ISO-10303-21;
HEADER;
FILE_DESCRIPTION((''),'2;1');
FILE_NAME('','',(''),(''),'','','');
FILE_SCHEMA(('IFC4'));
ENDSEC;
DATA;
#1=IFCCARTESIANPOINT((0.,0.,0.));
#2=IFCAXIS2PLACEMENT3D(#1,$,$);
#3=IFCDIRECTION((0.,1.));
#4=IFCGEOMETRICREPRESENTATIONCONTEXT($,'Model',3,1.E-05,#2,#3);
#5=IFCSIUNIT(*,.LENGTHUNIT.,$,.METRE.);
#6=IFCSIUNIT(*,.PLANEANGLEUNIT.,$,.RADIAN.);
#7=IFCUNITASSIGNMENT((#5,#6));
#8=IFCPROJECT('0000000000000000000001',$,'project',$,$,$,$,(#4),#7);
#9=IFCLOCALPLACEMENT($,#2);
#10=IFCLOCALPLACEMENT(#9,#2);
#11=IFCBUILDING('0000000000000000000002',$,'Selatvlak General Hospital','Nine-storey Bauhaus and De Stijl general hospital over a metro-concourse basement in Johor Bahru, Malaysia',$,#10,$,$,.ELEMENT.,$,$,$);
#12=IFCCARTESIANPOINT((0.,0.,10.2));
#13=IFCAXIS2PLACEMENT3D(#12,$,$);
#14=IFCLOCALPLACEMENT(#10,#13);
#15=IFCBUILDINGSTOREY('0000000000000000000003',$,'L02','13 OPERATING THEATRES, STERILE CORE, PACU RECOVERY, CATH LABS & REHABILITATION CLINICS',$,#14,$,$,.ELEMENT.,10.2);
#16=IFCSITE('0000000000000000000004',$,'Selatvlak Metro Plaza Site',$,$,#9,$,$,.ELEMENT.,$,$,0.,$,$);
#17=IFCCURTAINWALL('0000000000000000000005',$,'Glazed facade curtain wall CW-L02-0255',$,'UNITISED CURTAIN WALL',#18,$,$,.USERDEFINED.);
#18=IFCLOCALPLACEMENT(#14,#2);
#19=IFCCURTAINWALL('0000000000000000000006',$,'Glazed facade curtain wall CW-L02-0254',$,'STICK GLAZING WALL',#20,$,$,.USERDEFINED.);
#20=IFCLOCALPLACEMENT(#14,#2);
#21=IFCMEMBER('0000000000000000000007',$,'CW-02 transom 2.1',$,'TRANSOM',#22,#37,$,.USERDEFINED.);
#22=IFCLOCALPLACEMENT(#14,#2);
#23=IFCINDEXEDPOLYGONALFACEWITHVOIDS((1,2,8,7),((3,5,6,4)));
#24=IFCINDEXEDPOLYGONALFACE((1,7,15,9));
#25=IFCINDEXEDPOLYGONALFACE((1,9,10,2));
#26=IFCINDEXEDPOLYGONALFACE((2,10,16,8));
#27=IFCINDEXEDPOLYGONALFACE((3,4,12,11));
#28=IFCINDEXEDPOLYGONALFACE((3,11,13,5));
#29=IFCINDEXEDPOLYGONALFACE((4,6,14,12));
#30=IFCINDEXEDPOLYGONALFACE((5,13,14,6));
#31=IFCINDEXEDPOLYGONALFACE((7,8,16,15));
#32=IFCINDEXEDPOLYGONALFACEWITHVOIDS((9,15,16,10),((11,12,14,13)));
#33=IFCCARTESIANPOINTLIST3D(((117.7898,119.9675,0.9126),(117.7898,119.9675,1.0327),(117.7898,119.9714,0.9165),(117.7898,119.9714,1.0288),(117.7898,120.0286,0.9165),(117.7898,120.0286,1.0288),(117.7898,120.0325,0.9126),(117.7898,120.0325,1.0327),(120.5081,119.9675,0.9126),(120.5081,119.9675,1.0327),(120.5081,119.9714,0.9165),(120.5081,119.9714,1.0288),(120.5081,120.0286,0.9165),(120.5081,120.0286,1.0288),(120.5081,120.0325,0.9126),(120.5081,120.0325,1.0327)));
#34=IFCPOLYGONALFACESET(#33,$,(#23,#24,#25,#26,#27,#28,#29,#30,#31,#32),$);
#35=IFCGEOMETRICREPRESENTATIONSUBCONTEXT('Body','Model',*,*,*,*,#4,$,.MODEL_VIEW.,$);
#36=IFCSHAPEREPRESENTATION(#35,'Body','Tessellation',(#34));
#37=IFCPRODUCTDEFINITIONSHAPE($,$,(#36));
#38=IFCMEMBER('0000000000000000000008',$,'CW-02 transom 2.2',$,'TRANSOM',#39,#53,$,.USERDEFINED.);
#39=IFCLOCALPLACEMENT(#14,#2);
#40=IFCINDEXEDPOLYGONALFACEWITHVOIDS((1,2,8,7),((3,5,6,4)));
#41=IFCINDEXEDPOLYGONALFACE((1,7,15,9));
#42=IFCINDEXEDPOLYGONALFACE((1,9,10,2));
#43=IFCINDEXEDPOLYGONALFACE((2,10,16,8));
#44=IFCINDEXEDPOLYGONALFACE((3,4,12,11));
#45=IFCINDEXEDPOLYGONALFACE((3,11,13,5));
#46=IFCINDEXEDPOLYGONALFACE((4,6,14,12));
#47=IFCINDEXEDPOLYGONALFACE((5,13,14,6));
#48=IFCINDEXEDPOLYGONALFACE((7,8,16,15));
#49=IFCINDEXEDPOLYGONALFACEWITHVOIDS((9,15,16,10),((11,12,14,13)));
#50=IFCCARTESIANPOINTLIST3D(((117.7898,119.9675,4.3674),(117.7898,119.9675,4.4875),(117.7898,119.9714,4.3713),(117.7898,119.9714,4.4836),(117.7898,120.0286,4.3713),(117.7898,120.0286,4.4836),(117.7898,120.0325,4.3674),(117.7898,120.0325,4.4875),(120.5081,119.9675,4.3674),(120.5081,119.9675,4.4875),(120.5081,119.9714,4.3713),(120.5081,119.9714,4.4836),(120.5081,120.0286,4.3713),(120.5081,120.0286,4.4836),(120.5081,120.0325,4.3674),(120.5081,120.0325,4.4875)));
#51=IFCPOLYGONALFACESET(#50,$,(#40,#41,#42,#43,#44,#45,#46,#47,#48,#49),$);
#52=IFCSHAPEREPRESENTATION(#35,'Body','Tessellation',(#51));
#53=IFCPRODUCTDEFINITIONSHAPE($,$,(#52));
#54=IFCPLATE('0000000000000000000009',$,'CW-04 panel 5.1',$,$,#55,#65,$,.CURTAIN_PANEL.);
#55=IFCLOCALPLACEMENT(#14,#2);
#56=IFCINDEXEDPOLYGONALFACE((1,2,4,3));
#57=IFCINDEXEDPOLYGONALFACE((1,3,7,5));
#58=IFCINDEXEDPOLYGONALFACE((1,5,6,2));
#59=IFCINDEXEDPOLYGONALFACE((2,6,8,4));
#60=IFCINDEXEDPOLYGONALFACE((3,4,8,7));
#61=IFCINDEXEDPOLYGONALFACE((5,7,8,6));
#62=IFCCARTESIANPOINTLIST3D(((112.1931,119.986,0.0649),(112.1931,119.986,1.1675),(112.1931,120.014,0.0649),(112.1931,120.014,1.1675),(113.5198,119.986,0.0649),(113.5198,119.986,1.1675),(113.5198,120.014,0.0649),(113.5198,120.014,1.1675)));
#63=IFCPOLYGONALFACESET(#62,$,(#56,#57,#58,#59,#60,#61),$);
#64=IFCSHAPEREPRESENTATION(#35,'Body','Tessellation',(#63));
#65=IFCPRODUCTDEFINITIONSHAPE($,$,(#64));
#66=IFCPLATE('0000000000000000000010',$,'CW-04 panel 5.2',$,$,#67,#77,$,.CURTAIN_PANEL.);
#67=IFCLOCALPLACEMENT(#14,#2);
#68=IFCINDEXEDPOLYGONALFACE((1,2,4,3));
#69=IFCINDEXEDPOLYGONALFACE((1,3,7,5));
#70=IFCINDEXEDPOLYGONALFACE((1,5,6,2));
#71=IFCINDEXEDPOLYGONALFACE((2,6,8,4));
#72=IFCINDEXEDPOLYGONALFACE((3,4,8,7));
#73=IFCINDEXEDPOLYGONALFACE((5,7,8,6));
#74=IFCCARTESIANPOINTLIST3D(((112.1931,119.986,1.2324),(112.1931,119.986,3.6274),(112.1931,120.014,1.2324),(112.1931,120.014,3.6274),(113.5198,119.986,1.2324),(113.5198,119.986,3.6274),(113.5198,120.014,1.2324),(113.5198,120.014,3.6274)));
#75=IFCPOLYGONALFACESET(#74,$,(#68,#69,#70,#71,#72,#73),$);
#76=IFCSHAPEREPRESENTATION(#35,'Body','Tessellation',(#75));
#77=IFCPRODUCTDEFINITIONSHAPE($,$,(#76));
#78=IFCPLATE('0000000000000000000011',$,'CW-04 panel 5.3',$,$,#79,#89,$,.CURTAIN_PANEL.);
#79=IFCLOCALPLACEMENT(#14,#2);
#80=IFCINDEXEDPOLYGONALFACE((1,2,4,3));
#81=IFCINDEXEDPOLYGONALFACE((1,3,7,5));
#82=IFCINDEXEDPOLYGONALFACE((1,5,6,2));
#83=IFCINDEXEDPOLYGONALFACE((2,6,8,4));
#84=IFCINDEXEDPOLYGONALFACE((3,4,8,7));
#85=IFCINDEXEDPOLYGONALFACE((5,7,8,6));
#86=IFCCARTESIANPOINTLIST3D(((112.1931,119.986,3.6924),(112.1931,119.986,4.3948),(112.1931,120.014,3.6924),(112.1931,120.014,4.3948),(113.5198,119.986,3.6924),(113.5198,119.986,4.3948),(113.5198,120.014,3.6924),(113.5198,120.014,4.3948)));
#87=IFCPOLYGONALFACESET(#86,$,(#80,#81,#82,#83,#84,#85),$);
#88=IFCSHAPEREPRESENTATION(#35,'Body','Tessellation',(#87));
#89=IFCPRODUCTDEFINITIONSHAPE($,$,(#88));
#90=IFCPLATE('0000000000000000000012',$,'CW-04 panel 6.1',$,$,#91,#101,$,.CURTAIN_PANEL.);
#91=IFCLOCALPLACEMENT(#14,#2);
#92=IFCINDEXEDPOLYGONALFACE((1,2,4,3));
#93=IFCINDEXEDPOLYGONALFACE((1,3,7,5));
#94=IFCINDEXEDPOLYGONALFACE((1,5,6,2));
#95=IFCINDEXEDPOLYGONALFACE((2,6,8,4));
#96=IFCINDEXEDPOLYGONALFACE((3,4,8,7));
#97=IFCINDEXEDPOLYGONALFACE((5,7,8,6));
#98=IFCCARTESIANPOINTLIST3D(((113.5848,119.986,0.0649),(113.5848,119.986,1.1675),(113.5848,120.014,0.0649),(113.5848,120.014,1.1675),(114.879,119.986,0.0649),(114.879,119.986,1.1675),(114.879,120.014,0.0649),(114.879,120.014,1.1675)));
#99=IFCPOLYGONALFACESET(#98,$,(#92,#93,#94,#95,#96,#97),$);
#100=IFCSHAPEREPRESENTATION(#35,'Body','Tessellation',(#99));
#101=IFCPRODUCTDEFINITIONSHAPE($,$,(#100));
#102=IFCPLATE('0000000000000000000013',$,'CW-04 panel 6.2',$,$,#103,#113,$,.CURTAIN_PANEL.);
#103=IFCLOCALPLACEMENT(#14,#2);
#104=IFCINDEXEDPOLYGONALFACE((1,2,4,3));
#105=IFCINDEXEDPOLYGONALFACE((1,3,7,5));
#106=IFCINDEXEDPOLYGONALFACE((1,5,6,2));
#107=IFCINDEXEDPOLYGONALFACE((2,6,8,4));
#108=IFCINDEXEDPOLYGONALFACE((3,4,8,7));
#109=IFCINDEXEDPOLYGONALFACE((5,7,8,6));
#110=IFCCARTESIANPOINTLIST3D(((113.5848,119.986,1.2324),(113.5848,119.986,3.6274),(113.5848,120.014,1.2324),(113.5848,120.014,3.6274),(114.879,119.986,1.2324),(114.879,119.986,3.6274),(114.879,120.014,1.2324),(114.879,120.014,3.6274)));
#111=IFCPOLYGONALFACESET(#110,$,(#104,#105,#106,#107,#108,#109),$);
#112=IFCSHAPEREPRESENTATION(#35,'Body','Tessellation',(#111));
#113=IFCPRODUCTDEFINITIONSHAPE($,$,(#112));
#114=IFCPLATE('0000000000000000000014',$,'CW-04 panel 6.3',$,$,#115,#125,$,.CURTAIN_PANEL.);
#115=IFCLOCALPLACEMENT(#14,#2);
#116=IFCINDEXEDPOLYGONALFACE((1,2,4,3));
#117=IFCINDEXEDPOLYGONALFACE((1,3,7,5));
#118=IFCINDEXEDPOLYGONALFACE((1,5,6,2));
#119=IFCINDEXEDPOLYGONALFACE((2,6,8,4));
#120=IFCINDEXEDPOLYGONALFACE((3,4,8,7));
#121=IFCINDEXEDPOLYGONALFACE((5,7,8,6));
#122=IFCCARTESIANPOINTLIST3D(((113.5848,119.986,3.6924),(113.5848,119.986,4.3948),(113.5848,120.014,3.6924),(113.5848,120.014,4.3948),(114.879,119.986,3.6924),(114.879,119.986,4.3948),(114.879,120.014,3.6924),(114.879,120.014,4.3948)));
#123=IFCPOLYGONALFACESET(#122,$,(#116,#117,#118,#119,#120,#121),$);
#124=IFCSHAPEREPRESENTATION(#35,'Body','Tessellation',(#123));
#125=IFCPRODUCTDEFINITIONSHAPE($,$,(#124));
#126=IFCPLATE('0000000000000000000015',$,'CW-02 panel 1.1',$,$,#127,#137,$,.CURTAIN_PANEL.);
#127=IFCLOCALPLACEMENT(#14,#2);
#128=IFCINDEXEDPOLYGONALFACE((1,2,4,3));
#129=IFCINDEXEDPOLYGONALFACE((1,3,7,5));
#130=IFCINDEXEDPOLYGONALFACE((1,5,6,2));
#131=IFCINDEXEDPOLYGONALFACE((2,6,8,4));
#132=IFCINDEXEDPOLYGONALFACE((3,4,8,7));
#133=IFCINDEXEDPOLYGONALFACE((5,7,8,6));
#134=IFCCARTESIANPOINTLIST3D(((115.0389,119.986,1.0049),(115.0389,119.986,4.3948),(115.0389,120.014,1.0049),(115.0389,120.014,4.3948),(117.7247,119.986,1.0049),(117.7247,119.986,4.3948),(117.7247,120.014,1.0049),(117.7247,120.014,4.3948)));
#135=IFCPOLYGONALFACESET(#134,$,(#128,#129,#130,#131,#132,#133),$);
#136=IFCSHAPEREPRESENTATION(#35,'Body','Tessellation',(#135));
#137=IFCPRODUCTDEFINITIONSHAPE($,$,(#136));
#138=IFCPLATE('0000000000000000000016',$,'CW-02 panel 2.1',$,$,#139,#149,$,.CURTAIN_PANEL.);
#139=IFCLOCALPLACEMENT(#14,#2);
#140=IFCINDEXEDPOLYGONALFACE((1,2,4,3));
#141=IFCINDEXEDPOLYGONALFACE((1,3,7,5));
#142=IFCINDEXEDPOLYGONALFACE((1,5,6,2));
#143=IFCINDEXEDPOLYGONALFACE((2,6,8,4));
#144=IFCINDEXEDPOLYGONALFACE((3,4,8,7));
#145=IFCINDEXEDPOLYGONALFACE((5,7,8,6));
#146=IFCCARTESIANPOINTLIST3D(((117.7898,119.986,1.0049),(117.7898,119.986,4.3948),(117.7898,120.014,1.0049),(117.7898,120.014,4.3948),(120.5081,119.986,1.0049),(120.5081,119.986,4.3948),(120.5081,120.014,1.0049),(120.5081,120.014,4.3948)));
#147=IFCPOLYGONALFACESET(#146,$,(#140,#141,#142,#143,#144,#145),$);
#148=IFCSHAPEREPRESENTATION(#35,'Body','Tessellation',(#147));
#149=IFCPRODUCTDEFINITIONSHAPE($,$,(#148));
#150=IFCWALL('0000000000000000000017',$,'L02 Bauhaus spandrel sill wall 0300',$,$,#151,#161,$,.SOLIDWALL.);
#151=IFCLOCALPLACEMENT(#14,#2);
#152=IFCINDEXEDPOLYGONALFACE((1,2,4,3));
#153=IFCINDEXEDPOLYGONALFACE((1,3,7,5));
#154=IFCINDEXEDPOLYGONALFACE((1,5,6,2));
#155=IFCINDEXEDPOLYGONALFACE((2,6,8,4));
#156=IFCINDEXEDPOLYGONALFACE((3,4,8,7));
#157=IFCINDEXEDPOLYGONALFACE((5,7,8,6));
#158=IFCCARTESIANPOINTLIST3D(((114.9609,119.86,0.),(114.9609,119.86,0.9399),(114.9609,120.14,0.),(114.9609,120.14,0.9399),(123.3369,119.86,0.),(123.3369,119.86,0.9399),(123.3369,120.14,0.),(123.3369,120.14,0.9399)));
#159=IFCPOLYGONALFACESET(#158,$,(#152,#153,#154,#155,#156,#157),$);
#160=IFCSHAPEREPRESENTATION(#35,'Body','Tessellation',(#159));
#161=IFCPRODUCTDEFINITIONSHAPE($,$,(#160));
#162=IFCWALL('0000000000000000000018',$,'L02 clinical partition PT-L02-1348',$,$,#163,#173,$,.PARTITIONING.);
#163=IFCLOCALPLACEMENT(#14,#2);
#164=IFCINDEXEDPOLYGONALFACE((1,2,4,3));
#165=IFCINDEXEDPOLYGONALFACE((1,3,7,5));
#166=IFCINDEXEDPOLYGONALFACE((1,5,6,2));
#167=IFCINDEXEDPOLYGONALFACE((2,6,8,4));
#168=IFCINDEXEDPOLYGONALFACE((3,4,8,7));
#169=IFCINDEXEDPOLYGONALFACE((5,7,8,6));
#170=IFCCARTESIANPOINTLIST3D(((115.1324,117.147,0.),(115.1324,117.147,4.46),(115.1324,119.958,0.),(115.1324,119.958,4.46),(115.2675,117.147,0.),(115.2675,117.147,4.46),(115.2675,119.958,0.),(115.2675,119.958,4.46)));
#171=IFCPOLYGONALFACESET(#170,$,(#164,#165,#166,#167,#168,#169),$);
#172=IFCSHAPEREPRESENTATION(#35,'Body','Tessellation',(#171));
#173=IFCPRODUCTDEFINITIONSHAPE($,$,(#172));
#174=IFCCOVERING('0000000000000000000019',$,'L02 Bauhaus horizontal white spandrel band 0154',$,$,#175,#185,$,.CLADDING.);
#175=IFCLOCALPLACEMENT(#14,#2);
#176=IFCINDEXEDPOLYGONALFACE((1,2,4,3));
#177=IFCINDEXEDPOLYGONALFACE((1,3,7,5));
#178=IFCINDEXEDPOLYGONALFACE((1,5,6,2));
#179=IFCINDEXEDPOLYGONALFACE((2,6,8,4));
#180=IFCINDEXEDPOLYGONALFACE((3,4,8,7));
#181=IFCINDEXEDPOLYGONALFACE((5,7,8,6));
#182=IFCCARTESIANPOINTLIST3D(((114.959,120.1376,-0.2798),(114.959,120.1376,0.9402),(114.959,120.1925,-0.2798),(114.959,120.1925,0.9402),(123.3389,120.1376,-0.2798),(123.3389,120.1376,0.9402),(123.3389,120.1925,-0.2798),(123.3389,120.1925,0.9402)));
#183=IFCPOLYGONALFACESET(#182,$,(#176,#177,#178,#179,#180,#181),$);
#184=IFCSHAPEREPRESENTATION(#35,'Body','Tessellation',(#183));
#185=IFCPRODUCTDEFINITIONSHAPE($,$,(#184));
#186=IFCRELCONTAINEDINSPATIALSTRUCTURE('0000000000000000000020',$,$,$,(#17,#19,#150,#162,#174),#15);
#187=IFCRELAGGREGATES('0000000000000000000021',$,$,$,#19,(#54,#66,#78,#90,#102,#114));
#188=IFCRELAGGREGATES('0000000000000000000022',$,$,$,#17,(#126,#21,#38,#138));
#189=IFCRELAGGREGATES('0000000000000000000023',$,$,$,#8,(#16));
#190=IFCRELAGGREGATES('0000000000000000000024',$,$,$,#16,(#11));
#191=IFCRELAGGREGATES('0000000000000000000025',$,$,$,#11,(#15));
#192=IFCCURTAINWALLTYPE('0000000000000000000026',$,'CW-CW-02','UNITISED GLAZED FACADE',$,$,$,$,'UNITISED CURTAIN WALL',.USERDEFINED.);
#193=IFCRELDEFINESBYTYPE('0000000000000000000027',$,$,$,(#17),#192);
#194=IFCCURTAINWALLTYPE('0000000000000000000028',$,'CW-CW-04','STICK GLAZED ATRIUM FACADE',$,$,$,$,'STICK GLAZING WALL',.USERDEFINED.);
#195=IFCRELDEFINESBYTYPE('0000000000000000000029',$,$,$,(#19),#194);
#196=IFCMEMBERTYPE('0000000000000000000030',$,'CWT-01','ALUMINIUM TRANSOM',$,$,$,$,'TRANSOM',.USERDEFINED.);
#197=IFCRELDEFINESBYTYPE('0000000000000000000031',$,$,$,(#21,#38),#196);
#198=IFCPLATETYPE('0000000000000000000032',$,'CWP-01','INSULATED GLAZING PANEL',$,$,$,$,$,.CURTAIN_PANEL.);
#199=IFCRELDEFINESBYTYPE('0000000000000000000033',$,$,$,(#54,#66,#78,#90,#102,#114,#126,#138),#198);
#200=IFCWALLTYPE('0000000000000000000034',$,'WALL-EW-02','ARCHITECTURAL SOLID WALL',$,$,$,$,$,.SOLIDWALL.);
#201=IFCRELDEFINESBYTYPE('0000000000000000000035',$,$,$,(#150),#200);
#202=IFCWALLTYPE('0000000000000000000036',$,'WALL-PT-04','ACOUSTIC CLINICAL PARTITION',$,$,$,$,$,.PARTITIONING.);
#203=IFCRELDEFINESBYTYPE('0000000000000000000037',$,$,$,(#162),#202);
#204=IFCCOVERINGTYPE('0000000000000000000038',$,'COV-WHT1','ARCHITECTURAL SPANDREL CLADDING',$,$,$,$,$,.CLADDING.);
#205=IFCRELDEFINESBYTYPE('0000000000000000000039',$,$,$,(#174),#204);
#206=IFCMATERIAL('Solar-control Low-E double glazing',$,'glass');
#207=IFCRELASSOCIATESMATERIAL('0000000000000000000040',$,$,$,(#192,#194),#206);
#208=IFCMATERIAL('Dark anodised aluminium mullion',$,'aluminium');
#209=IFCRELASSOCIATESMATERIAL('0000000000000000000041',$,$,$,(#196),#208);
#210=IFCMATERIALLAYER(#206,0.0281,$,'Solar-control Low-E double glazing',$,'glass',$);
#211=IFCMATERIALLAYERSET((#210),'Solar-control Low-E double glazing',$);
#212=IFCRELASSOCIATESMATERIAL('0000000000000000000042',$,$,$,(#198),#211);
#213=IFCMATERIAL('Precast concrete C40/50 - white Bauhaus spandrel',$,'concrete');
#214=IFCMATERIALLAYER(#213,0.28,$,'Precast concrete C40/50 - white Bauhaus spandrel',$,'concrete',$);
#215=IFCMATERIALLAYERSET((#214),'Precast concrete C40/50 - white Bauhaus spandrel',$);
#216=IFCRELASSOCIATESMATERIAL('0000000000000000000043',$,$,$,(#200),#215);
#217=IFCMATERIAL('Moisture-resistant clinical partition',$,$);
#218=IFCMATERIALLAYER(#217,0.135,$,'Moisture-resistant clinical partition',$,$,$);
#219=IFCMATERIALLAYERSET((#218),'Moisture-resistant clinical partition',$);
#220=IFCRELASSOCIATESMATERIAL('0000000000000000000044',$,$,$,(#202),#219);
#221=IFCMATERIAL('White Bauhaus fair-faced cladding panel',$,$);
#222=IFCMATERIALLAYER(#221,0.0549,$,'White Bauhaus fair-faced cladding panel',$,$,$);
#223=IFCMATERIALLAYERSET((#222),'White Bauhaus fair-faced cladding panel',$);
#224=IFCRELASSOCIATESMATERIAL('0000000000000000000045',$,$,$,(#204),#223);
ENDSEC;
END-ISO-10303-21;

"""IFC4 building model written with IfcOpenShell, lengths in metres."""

from ifc_helpers import new_model, si_unit, direction, frame, frame_2d, origin, origin_2d, place, context, subcontext, project, spatial, rectangle, hollow_rectangle, extrude, material, layer, layer_set, material_profile, profile_set, type_object, element, aggregate, save


model = new_model("IFC4")

# Units and contexts
model_context = context("Model", 3, precision=1e-05, world=origin(), true_north=direction((0.0, 1.0)))
body_context = subcontext(model_context, "Body", "Model", "MODEL_VIEW")
ifc_project = project(units=[si_unit("LENGTHUNIT", "METRE"), si_unit("PLANEANGLEUNIT", "RADIAN")], contexts=[model_context])

# Site, building, storey
site_placement = place(None, origin())
site = spatial("IfcSite", under=ifc_project, at=site_placement, Name="Selatvlak Metro Plaza Site", CompositionType="ELEMENT", RefElevation=0.0)
building_placement = place(site_placement, origin())
building = spatial("IfcBuilding", under=site, at=building_placement, Name="Selatvlak General Hospital", Description="Nine-storey Bauhaus and De Stijl general hospital over a metro-concourse basement in Johor Bahru, Malaysia", CompositionType="ELEMENT")
storey_placement = place(building_placement, frame((0.0, 0.0, 10.2)))
storey = spatial("IfcBuildingStorey", under=building, at=storey_placement, Name="L02", Description="13 OPERATING THEATRES, STERILE CORE, PACU RECOVERY, CATH LABS & REHABILITATION CLINICS", CompositionType="ELEMENT", Elevation=10.2)

# Curtain walls
ifc_material_1 = material(Name="Solar-control Low-E double glazing", Category="glass")
curtain_wall_type_1 = type_object("IfcCurtainWallType", Name="CW-CW-02", Description="UNITISED GLAZED FACADE", ElementType="UNITISED CURTAIN WALL", PredefinedType="USERDEFINED", material=ifc_material_1)
curtain_wall_1_placement = place(storey_placement, origin())
curtain_wall_1 = element("IfcCurtainWall", 1, at=curtain_wall_1_placement, inside=storey, type_object=curtain_wall_type_1, Name="Glazed facade curtain wall CW-L02-0255", ObjectType="UNITISED CURTAIN WALL", PredefinedType="USERDEFINED")
ifc_material_2 = material(Name="Dark anodised aluminium mullion", Category="aluminium")
curtain_wall_type_2 = type_object("IfcCurtainWallType", Name="CW-CW-04", Description="STICK GLAZED ATRIUM FACADE", ElementType="STICK GLAZING WALL", PredefinedType="USERDEFINED", material=ifc_material_1)
curtain_wall_2_placement = place(storey_placement, origin())
curtain_wall_2 = element("IfcCurtainWall", 2, at=curtain_wall_2_placement, inside=storey, type_object=curtain_wall_type_2, Name="Glazed facade curtain wall CW-L02-0254", ObjectType="STICK GLAZING WALL", PredefinedType="USERDEFINED")
ifc_material_profile_1 = material_profile(ifc_material_2, hollow_rectangle(XDim=0.0649, YDim=0.1201, WallThickness=0.0039, at=origin_2d()), Name="AL-TRN 65x120x4")
ifc_profile_set_1 = profile_set([ifc_material_profile_1], Name="Dark anodised aluminium mullion")
member_type_1 = type_object("IfcMemberType", Name="CWT-01", Description="ALUMINIUM TRANSOM", ElementType="TRANSOM", PredefinedType="USERDEFINED", material=ifc_profile_set_1)

# Members
member_1_placement = place(storey_placement, frame((117.7898, 120.0, 0.9727), z_axis=(1.0, 0.0, 0.0), x_axis=(0.0, 1.0, 0.0)))
member_1 = element("IfcMember", 3, at=member_1_placement, type_object=member_type_1, Name="CW-02 transom 2.1", ObjectType="TRANSOM", PredefinedType="USERDEFINED", context=body_context, shape_type="SweptSolid", body=[
    extrude(hollow_rectangle(XDim=0.0649, YDim=0.1201, WallThickness=0.0039, at=origin_2d()), origin(), (0.0, 0.0, 1.0), 2.7183),
])
member_2_placement = place(storey_placement, frame((117.7898, 120.0, 4.4275), z_axis=(1.0, 0.0, 0.0), x_axis=(0.0, 1.0, 0.0)))
member_2 = element("IfcMember", 4, at=member_2_placement, type_object=member_type_1, Name="CW-02 transom 2.2", ObjectType="TRANSOM", PredefinedType="USERDEFINED", context=body_context, shape_type="SweptSolid", body=[
    extrude(hollow_rectangle(XDim=0.0649, YDim=0.1201, WallThickness=0.0039, at=origin_2d()), origin(), (0.0, 0.0, 1.0), 2.7183),
])

# Plates
ifc_layer_1 = layer(ifc_material_1, 0.0281, Name="Solar-control Low-E double glazing", Category="glass")
ifc_layer_set_1 = layer_set([ifc_layer_1], Name="Solar-control Low-E double glazing")
plate_type = type_object("IfcPlateType", Name="CWP-01", Description="INSULATED GLAZING PANEL", PredefinedType="CURTAIN_PANEL", material=ifc_layer_set_1)
plate_1_placement = place(storey_placement, frame((112.8564, 120.0, 0.0649), z_axis=(0.0, 0.0, 1.0), x_axis=(1.0, 0.0, 0.0)))
plate_1 = element("IfcPlate", 5, at=plate_1_placement, type_object=plate_type, Name="CW-04 panel 5.1", PredefinedType="CURTAIN_PANEL", context=body_context, shape_type="SweptSolid", body=[
    extrude(rectangle(XDim=1.3267, YDim=0.0281, at=origin_2d()), origin(), (0.0, 0.0, 1.0), 1.1025),
])
plate_2_placement = place(storey_placement, frame((112.8564, 120.0, 1.2324), z_axis=(0.0, 0.0, 1.0), x_axis=(1.0, 0.0, 0.0)))
plate_2 = element("IfcPlate", 6, at=plate_2_placement, type_object=plate_type, Name="CW-04 panel 5.2", PredefinedType="CURTAIN_PANEL", context=body_context, shape_type="SweptSolid", body=[
    extrude(rectangle(XDim=1.3267, YDim=0.0281, at=origin_2d()), origin(), (0.0, 0.0, 1.0), 2.395),
])
plate_3_placement = place(storey_placement, frame((112.8564, 120.0, 3.6924), z_axis=(0.0, 0.0, 1.0), x_axis=(1.0, 0.0, 0.0)))
plate_3 = element("IfcPlate", 7, at=plate_3_placement, type_object=plate_type, Name="CW-04 panel 5.3", PredefinedType="CURTAIN_PANEL", context=body_context, shape_type="SweptSolid", body=[
    extrude(rectangle(XDim=1.3267, YDim=0.0281, at=origin_2d()), origin(), (0.0, 0.0, 1.0), 0.7024),
])
plate_4_placement = place(storey_placement, frame((114.2319, 120.0, 0.0649), z_axis=(0.0, 0.0, 1.0), x_axis=(1.0, 0.0, 0.0)))
plate_4 = element("IfcPlate", 8, at=plate_4_placement, type_object=plate_type, Name="CW-04 panel 6.1", PredefinedType="CURTAIN_PANEL", context=body_context, shape_type="SweptSolid", body=[
    extrude(rectangle(XDim=1.2942, YDim=0.0281, at=origin_2d()), origin(), (0.0, 0.0, 1.0), 1.1025),
])
plate_5_placement = place(storey_placement, frame((114.2319, 120.0, 1.2324), z_axis=(0.0, 0.0, 1.0), x_axis=(1.0, 0.0, 0.0)))
plate_5 = element("IfcPlate", 9, at=plate_5_placement, type_object=plate_type, Name="CW-04 panel 6.2", PredefinedType="CURTAIN_PANEL", context=body_context, shape_type="SweptSolid", body=[
    extrude(rectangle(XDim=1.2942, YDim=0.0281, at=origin_2d()), origin(), (0.0, 0.0, 1.0), 2.395),
])
plate_6_placement = place(storey_placement, frame((114.2319, 120.0, 3.6924), z_axis=(0.0, 0.0, 1.0), x_axis=(1.0, 0.0, 0.0)))
plate_6 = element("IfcPlate", 10, at=plate_6_placement, type_object=plate_type, Name="CW-04 panel 6.3", PredefinedType="CURTAIN_PANEL", context=body_context, shape_type="SweptSolid", body=[
    extrude(rectangle(XDim=1.2942, YDim=0.0281, at=origin_2d()), origin(), (0.0, 0.0, 1.0), 0.7024),
])
aggregate(curtain_wall_2, [plate_1, plate_2, plate_3, plate_4, plate_5, plate_6])
plate_7_placement = place(storey_placement, frame((116.3818, 120.0, 1.0049), z_axis=(0.0, 0.0, 1.0), x_axis=(1.0, 0.0, 0.0)))
plate_7 = element("IfcPlate", 11, at=plate_7_placement, type_object=plate_type, Name="CW-02 panel 1.1", PredefinedType="CURTAIN_PANEL", context=body_context, shape_type="SweptSolid", body=[
    extrude(rectangle(XDim=2.6858, YDim=0.0281, at=origin_2d()), origin(), (0.0, 0.0, 1.0), 3.3899),
])
plate_8_placement = place(storey_placement, frame((119.1489, 120.0, 1.0049), z_axis=(0.0, 0.0, 1.0), x_axis=(1.0, 0.0, 0.0)))
plate_8 = element("IfcPlate", 12, at=plate_8_placement, type_object=plate_type, Name="CW-02 panel 2.1", PredefinedType="CURTAIN_PANEL", context=body_context, shape_type="SweptSolid", body=[
    extrude(rectangle(XDim=2.7183, YDim=0.0281, at=origin_2d()), origin(), (0.0, 0.0, 1.0), 3.3899),
])
aggregate(curtain_wall_1, [plate_7, member_1, member_2, plate_8])

# Walls
ifc_material_3 = material(Name="Precast concrete C40/50 - white Bauhaus spandrel", Category="concrete")
ifc_layer_2 = layer(ifc_material_3, 0.28, Name="Precast concrete C40/50 - white Bauhaus spandrel", Category="concrete")
ifc_layer_set_2 = layer_set([ifc_layer_2], Name="Precast concrete C40/50 - white Bauhaus spandrel")
wall_type_1 = type_object("IfcWallType", Name="WALL-EW-02", Description="ARCHITECTURAL SOLID WALL", PredefinedType="SOLIDWALL", material=ifc_layer_set_2)
wall_1_placement = place(storey_placement, frame((114.9609, 120.0, 0.0), z_axis=(0.0, 0.0, 1.0), x_axis=(1.0, 0.0, 0.0)))
element("IfcWall", 13, at=wall_1_placement, inside=storey, type_object=wall_type_1, Name="L02 Bauhaus spandrel sill wall 0300", PredefinedType="SOLIDWALL", context=body_context, shape_type="SweptSolid", body=[
    extrude(rectangle(XDim=8.376, YDim=0.28, at=frame_2d((4.188, 0.0))), origin(), (0.0, 0.0, 1.0), 0.9399),
])
ifc_material_4 = material(Name="Moisture-resistant clinical partition")
ifc_layer_3 = layer(ifc_material_4, 0.135, Name="Moisture-resistant clinical partition")
ifc_layer_set_3 = layer_set([ifc_layer_3], Name="Moisture-resistant clinical partition")
wall_type_2 = type_object("IfcWallType", Name="WALL-PT-04", Description="ACOUSTIC CLINICAL PARTITION", PredefinedType="PARTITIONING", material=ifc_layer_set_3)
wall_2_placement = place(storey_placement, frame((115.2, 119.958, 0.0), z_axis=(0.0, 0.0, 1.0), x_axis=(0.0, -1.0, 0.0)))
element("IfcWall", 14, at=wall_2_placement, inside=storey, type_object=wall_type_2, Name="L02 clinical partition PT-L02-1348", PredefinedType="PARTITIONING", context=body_context, shape_type="SweptSolid", body=[
    extrude(rectangle(XDim=2.811, YDim=0.135, at=frame_2d((1.4055, 0.0))), origin(), (0.0, 0.0, 1.0), 4.46),
])

# Covering
ifc_material_5 = material(Name="White Bauhaus fair-faced cladding panel")
ifc_layer_4 = layer(ifc_material_5, 0.0549, Name="White Bauhaus fair-faced cladding panel")
ifc_layer_set_4 = layer_set([ifc_layer_4], Name="White Bauhaus fair-faced cladding panel")
covering_type = type_object("IfcCoveringType", Name="COV-WHT1", Description="ARCHITECTURAL SPANDREL CLADDING", PredefinedType="CLADDING", material=ifc_layer_set_4)
covering_placement = place(storey_placement, frame((119.1489, 120.165, -0.2798), z_axis=(0.0, 0.0, 1.0), x_axis=(1.0, 0.0, 0.0)))
element("IfcCovering", 15, at=covering_placement, inside=storey, type_object=covering_type, Name="L02 Bauhaus horizontal white spandrel band 0154", PredefinedType="CLADDING", context=body_context, shape_type="SweptSolid", body=[
    extrude(rectangle(XDim=8.3799, YDim=0.0549, at=origin_2d()), origin(), (0.0, 0.0, 1.0), 1.22),
])

save(model, "model.ifc")
